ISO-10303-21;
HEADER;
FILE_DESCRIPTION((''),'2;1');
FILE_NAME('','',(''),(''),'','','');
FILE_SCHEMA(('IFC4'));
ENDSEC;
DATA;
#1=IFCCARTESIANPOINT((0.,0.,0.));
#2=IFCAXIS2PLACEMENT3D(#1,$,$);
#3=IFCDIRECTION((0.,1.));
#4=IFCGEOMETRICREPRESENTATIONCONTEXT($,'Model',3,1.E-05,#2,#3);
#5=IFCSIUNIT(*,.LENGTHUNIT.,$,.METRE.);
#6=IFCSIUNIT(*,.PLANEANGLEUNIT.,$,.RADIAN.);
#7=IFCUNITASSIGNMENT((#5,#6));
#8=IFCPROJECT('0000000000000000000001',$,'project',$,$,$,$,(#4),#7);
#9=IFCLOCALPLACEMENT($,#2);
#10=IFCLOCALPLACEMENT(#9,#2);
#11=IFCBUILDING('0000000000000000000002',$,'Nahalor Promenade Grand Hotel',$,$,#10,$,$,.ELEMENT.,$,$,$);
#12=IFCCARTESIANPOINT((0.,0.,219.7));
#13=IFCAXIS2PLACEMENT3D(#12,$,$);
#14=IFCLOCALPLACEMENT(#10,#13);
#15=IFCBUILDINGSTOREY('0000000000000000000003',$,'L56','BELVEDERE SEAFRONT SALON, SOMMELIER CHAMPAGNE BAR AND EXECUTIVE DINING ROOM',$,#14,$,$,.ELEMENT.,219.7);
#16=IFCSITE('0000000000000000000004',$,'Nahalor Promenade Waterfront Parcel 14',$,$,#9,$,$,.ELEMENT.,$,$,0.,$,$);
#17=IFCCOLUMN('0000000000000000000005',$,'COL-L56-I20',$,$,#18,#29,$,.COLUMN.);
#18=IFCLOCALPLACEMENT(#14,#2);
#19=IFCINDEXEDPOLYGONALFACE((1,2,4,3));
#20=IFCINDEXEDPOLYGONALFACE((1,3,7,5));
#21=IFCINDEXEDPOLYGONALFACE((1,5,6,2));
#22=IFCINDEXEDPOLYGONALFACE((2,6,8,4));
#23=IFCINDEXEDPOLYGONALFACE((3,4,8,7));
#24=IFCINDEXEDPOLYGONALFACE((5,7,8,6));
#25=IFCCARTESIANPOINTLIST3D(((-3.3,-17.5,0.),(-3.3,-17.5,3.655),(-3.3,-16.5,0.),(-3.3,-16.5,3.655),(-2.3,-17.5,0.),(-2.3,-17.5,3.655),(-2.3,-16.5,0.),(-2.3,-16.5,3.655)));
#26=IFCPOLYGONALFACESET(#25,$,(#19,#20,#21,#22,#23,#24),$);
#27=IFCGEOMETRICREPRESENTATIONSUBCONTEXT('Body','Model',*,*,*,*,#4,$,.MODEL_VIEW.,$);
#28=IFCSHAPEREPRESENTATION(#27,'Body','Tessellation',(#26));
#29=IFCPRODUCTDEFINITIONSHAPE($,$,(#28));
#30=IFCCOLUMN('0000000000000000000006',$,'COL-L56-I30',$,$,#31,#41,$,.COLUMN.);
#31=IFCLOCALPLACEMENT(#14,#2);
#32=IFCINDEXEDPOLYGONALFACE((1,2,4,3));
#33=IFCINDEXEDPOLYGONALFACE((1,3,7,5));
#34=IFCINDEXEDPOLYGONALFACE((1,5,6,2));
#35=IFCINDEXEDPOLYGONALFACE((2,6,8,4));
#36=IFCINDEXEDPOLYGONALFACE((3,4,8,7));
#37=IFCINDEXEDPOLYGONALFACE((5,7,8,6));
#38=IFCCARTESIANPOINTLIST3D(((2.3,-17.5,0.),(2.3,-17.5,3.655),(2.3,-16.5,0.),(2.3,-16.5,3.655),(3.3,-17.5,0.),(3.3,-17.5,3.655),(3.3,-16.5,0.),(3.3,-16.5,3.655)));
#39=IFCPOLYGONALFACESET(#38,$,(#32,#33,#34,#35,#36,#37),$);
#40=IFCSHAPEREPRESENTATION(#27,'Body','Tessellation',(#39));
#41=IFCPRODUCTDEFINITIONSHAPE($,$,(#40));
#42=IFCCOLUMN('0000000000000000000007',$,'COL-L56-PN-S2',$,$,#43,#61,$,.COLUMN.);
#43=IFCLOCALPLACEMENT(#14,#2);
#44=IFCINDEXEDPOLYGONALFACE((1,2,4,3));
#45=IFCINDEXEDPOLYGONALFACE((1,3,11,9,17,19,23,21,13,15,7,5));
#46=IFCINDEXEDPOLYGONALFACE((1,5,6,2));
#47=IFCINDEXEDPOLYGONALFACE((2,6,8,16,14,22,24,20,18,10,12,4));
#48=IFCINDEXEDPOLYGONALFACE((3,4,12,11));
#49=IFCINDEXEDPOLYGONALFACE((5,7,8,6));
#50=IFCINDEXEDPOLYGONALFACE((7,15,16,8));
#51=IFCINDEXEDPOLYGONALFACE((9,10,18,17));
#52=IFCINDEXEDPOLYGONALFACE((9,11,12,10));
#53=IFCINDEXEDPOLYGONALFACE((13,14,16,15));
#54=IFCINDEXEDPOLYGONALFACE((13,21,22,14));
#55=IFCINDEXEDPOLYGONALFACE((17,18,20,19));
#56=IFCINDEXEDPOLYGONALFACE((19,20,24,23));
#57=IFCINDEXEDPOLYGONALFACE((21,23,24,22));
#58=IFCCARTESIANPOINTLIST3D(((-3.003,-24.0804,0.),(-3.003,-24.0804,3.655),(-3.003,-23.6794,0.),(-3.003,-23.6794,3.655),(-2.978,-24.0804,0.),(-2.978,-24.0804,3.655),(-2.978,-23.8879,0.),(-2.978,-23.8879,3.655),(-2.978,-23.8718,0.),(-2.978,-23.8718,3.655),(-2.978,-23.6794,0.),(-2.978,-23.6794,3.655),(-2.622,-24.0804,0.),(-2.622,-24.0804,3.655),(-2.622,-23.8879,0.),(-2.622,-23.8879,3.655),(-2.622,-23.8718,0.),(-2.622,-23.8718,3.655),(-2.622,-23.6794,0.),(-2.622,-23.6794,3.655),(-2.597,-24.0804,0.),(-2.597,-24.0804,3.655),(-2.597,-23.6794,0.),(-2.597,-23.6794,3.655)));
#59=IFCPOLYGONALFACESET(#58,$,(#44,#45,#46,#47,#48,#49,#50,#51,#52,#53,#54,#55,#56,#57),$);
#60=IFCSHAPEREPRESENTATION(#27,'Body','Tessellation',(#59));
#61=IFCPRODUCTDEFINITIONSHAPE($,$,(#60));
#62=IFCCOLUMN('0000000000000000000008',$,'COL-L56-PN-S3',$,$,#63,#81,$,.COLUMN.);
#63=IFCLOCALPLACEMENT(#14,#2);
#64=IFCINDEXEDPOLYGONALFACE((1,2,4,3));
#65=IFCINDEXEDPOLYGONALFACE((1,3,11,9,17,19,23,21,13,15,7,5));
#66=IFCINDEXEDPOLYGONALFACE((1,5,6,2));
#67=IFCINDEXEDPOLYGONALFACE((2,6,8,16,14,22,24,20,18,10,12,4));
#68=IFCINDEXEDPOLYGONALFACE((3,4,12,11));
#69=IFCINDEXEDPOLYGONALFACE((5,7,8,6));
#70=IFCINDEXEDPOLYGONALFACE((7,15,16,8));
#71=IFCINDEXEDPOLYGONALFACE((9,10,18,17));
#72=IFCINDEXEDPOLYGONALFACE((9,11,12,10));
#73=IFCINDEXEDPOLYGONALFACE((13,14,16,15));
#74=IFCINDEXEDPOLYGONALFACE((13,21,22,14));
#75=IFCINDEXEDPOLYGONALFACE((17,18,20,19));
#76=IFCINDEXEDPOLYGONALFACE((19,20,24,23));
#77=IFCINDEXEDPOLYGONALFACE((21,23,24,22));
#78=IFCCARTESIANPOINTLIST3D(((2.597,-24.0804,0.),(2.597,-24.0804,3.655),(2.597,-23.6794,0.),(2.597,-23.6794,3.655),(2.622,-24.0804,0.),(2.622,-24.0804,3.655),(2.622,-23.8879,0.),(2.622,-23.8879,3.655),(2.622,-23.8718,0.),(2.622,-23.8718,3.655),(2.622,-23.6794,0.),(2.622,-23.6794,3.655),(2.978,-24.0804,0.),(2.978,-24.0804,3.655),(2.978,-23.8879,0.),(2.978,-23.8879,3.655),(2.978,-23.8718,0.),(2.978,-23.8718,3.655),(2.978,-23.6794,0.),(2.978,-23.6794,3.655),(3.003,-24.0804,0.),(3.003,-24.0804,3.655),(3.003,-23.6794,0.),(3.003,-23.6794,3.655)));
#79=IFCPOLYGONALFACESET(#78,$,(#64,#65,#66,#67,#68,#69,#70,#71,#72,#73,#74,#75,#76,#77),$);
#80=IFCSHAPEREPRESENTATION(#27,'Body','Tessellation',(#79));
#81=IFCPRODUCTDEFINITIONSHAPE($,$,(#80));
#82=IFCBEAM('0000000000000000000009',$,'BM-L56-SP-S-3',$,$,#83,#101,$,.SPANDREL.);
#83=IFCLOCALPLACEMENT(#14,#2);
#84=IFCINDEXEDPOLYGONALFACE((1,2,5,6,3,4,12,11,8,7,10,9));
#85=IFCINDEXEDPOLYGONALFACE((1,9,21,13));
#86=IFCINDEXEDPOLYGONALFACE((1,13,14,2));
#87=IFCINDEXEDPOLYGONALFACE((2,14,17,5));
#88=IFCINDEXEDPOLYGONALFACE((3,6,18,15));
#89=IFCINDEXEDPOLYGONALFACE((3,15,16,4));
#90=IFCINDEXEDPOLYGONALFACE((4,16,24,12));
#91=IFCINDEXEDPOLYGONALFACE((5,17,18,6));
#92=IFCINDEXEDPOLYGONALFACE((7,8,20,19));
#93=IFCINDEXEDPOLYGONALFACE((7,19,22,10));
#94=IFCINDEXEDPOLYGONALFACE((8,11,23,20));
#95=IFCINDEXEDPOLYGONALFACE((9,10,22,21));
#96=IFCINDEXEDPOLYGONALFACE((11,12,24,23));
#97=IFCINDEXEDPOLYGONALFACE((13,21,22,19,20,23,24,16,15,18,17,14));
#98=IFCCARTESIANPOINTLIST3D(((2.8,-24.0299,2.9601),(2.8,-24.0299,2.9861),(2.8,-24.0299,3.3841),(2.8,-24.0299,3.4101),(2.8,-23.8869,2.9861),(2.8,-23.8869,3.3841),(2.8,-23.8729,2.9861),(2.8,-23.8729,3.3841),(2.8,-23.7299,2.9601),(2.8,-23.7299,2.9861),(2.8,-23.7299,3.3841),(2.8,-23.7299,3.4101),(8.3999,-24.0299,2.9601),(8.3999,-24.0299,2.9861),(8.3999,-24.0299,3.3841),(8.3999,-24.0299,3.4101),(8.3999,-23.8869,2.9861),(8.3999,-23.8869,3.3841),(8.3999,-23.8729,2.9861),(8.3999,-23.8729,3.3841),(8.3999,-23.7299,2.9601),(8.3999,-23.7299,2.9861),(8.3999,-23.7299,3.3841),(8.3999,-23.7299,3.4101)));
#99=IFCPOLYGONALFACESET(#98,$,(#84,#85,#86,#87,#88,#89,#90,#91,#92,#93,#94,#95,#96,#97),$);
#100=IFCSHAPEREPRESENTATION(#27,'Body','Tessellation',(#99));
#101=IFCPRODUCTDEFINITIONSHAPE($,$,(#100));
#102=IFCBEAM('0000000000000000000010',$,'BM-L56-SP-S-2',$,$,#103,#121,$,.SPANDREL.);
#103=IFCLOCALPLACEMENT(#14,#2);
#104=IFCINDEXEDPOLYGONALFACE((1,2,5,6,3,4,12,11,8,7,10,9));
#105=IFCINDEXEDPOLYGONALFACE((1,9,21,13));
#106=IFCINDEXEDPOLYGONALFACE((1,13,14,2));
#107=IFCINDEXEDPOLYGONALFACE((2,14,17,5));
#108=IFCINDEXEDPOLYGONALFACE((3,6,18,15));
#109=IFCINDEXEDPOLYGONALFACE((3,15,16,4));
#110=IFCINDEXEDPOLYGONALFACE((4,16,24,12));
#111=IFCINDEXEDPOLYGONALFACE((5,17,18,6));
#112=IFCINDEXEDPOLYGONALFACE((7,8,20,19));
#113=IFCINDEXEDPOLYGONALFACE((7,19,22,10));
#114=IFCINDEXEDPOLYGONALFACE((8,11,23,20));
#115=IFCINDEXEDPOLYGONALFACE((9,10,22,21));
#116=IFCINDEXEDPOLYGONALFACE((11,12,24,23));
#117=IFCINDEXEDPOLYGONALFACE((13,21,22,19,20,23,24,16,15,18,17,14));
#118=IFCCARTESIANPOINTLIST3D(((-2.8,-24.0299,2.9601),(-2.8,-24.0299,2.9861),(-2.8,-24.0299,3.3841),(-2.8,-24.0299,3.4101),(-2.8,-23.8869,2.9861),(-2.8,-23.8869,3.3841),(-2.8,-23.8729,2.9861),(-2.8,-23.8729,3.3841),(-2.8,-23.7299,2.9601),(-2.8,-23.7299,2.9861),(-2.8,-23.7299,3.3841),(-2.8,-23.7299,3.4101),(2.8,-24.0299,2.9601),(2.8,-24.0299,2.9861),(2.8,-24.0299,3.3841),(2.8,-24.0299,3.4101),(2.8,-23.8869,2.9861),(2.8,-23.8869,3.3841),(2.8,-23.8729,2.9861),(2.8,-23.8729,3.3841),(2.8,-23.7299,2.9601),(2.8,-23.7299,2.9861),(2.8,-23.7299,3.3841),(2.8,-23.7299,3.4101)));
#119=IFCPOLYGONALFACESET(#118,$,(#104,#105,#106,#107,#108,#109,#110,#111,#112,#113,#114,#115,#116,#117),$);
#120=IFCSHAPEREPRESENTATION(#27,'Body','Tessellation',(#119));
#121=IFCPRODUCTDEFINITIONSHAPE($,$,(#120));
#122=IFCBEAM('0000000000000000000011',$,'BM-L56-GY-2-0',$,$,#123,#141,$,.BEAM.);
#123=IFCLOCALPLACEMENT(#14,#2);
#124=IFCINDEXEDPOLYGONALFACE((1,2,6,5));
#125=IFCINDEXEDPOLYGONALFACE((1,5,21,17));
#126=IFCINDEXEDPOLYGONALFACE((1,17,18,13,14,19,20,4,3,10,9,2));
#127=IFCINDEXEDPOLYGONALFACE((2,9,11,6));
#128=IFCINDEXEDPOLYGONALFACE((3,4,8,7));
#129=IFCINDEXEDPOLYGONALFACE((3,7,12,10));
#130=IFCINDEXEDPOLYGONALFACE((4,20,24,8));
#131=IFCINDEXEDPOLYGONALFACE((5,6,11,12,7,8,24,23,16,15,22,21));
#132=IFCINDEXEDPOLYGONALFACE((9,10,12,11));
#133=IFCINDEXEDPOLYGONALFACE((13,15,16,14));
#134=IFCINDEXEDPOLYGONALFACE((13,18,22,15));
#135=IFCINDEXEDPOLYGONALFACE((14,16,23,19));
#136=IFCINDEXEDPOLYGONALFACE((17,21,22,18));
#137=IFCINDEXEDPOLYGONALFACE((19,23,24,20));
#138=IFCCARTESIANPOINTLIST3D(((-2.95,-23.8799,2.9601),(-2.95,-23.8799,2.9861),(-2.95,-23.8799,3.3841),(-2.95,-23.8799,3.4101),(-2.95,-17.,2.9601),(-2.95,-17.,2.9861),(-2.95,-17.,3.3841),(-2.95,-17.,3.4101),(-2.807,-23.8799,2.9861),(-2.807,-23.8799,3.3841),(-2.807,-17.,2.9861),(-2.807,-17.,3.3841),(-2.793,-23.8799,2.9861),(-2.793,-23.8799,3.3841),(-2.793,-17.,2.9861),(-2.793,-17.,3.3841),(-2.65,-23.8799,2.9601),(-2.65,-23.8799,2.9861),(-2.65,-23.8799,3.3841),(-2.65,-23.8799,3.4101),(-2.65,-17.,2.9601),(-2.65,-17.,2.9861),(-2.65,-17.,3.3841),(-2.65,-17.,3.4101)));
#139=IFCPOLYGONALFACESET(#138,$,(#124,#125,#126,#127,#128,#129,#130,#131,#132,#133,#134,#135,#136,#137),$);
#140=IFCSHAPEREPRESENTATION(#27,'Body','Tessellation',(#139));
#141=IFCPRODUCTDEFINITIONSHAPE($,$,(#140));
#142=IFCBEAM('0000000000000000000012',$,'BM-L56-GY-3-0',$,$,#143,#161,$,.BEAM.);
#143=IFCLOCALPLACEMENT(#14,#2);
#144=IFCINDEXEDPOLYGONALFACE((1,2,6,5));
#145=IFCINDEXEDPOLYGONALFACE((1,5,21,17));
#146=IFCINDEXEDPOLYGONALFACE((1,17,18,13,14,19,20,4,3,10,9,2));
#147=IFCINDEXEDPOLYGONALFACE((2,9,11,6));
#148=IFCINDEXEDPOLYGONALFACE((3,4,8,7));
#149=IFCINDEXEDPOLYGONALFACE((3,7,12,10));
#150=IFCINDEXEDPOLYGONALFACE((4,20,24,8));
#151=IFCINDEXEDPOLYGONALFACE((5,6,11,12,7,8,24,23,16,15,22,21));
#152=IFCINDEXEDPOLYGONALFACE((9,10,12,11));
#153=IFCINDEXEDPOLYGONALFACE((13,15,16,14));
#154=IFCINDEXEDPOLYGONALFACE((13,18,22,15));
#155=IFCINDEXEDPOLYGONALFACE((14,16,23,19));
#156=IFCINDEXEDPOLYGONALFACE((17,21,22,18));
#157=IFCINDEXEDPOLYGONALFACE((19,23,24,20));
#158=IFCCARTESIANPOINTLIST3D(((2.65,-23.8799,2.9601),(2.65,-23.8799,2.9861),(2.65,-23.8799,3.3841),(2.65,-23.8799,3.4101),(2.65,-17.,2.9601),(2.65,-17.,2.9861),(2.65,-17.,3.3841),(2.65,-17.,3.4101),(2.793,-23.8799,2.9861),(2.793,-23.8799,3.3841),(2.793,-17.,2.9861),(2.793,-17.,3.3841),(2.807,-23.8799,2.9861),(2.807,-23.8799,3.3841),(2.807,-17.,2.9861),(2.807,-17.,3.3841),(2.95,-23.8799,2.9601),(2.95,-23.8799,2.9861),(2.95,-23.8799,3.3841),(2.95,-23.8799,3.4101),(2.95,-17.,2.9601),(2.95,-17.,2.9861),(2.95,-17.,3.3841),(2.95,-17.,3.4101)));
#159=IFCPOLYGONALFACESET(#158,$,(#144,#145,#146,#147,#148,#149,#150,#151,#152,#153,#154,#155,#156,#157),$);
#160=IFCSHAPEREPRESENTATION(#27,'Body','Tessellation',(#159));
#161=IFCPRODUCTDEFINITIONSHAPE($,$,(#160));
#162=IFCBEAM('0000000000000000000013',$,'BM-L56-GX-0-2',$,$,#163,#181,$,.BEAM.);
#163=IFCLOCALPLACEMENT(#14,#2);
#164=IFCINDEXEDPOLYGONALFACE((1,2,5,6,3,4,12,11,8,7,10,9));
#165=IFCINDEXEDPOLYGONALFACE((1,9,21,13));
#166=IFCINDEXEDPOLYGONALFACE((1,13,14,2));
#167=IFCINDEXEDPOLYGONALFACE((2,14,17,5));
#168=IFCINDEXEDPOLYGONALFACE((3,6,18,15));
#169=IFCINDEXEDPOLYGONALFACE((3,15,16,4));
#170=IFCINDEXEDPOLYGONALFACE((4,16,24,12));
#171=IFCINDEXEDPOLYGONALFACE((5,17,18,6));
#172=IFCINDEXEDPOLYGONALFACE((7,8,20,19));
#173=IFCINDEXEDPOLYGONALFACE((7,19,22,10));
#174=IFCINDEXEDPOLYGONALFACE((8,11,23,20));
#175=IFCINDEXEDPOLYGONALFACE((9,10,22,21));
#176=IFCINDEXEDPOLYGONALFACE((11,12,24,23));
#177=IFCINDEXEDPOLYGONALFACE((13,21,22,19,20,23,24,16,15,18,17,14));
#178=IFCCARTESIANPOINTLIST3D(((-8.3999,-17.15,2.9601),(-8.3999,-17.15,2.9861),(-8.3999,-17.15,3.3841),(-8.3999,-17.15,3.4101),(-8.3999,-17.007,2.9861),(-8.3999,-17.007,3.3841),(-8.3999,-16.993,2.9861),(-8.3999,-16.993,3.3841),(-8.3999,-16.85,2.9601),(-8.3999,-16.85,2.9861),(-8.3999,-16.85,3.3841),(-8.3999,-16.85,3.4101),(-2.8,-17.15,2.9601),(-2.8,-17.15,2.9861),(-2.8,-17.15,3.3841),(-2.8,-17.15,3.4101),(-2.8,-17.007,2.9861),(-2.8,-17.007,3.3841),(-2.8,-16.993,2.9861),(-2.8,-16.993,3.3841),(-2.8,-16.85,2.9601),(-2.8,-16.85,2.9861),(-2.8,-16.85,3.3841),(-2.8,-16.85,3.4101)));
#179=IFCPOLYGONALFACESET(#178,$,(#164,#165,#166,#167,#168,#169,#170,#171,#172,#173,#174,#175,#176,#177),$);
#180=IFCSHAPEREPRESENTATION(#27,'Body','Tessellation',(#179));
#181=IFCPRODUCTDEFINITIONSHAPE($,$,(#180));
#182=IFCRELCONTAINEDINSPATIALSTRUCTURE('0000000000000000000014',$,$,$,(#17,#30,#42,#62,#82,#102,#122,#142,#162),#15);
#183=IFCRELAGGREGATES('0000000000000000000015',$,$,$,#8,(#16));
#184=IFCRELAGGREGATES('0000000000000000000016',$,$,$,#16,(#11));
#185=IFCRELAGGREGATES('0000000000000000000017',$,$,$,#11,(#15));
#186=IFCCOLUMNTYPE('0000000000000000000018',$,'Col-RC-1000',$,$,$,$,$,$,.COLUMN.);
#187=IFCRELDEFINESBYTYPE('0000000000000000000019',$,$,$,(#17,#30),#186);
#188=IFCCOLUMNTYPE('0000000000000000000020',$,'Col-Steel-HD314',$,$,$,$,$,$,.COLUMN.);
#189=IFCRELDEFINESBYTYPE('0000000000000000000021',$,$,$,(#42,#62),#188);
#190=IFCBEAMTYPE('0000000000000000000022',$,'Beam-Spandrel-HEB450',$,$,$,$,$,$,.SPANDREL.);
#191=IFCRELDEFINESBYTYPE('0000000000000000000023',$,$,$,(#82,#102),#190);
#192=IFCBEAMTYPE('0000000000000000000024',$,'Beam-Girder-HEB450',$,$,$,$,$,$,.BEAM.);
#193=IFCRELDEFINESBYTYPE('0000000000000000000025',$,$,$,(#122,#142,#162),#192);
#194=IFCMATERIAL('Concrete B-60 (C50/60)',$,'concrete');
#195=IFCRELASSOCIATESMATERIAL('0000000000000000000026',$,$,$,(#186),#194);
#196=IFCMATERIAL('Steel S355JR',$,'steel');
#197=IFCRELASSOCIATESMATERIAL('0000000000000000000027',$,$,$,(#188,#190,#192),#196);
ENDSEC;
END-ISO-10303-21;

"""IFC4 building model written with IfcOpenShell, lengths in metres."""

from ifc_helpers import new_model, si_unit, direction, frame, origin, origin_2d, place, context, subcontext, project, spatial, rectangle, i_section, extrude, source, transform, mapped, material, material_profile, profile_set, type_object, element, save


model = new_model("IFC4")

# Units and contexts
model_context = context("Model", 3, precision=1e-05, world=origin(), true_north=direction((0.0, 1.0)))
body_context = subcontext(model_context, "Body", "Model", "MODEL_VIEW")
ifc_project = project(units=[si_unit("LENGTHUNIT", "METRE"), si_unit("PLANEANGLEUNIT", "RADIAN")], contexts=[model_context])

# Site, building, storey
site_placement = place(None, origin())
site = spatial("IfcSite", under=ifc_project, at=site_placement, Name="Nahalor Promenade Waterfront Parcel 14", CompositionType="ELEMENT", RefElevation=0.0)
building_placement = place(site_placement, origin())
building = spatial("IfcBuilding", under=site, at=building_placement, Name="Nahalor Promenade Grand Hotel", CompositionType="ELEMENT")
storey_placement = place(building_placement, frame((0.0, 0.0, 219.7)))
storey = spatial("IfcBuildingStorey", under=building, at=storey_placement, Name="L56", Description="BELVEDERE SEAFRONT SALON, SOMMELIER CHAMPAGNE BAR AND EXECUTIVE DINING ROOM", CompositionType="ELEMENT", Elevation=219.7)

# Columns
ifc_material_1 = material(Name="Concrete B-60 (C50/60)", Category="concrete")
ifc_material_profile_1 = material_profile(ifc_material_1, rectangle(XDim=1.0, YDim=1.0, at=origin_2d()), Name="RC 1000x1000")
ifc_profile_set_1 = profile_set([ifc_material_profile_1], Name="Concrete B-60 (C50/60)")
column_type_1 = type_object("IfcColumnType", Name="Col-RC-1000", PredefinedType="COLUMN", material=ifc_profile_set_1)
shared_shape_1 = source(origin(), body_context, "Body", "SweptSolid", [
    extrude(rectangle(XDim=1.0, YDim=1.0, at=origin_2d()), origin(), (0.0, 0.0, 1.0), 3.655),
])
for number, where, z_axis, x_axis, name in (
    (1, (-2.8, -17.0, 0.0), (0.0, 0.0, 1.0), (1.0, 0.0, 0.0), "COL-L56-I20"),
    (2, (2.8, -17.0, 0.0), (0.0, 0.0, 1.0), (1.0, 0.0, 0.0), "COL-L56-I30"),
):
    element("IfcColumn", number, at=place(storey_placement, frame(where, z_axis=z_axis, x_axis=x_axis)), inside=storey, type_object=column_type_1, Name=name, PredefinedType="COLUMN", context=body_context, shape_type="MappedRepresentation", body=[
        mapped(shared_shape_1, transform((0.0, 0.0, 0.0), scale=1.0)),
    ])
ifc_material_2 = material(Name="Steel S355JR", Category="steel")
ifc_material_profile_2 = material_profile(ifc_material_2, i_section(OverallWidth=0.401, OverallDepth=0.406, WebThickness=0.0161, FlangeThickness=0.025, at=origin_2d()), Name="HD 400x314")
ifc_profile_set_2 = profile_set([ifc_material_profile_2], Name="Steel S355JR")
column_type_2 = type_object("IfcColumnType", Name="Col-Steel-HD314", PredefinedType="COLUMN", material=ifc_profile_set_2)
shared_shape_2 = source(origin(), body_context, "Body", "SweptSolid", [
    extrude(i_section(OverallWidth=0.401, OverallDepth=0.406, WebThickness=0.0161, FlangeThickness=0.025, at=origin_2d()), origin(), (0.0, 0.0, 1.0), 3.655),
])
for number, where, z_axis, x_axis, name in (
    (3, (-2.8, -23.8799, 0.0), (0.0, 0.0, 1.0), (0.0, 1.0, 0.0), "COL-L56-PN-S2"),
    (4, (2.8, -23.8799, 0.0), (0.0, 0.0, 1.0), (0.0, 1.0, 0.0), "COL-L56-PN-S3"),
):
    element("IfcColumn", number, at=place(storey_placement, frame(where, z_axis=z_axis, x_axis=x_axis)), inside=storey, type_object=column_type_2, Name=name, PredefinedType="COLUMN", context=body_context, shape_type="MappedRepresentation", body=[
        mapped(shared_shape_2, transform((0.0, 0.0, 0.0), scale=1.0)),
    ])

# Beams
ifc_material_profile_3 = material_profile(ifc_material_2, i_section(OverallWidth=0.3, OverallDepth=0.45, WebThickness=0.014, FlangeThickness=0.026, at=origin_2d()), Name="HEB 450")
ifc_profile_set_3 = profile_set([ifc_material_profile_3], Name="Steel S355JR")
beam_type_1 = type_object("IfcBeamType", Name="Beam-Spandrel-HEB450", PredefinedType="SPANDREL", material=ifc_profile_set_3)
shared_shape_3 = source(origin(), body_context, "Body", "SweptSolid", [
    extrude(i_section(OverallWidth=0.3, OverallDepth=0.45, WebThickness=0.014, FlangeThickness=0.026, at=origin_2d()), origin(), (0.0, 0.0, 1.0), 5.5999),
])
beam_1_placement = place(storey_placement, frame((2.8, -23.8799, 3.1851), z_axis=(1.0, 0.0, 0.0), x_axis=(0.0, 1.0, 0.0)))
element("IfcBeam", 5, at=beam_1_placement, inside=storey, type_object=beam_type_1, Name="BM-L56-SP-S-3", PredefinedType="SPANDREL", context=body_context, shape_type="MappedRepresentation", body=[
    mapped(shared_shape_3, transform((0.0, 0.0, 0.0), scale=1.0)),
])
shared_shape_4 = source(origin(), body_context, "Body", "SweptSolid", [
    extrude(i_section(OverallWidth=0.3, OverallDepth=0.45, WebThickness=0.014, FlangeThickness=0.026, at=origin_2d()), origin(), (0.0, 0.0, 1.0), 5.6001),
])
beam_2_placement = place(storey_placement, frame((-2.8, -23.8799, 3.1851), z_axis=(1.0, 0.0, 0.0), x_axis=(0.0, 1.0, 0.0)))
element("IfcBeam", 6, at=beam_2_placement, inside=storey, type_object=beam_type_1, Name="BM-L56-SP-S-2", PredefinedType="SPANDREL", context=body_context, shape_type="MappedRepresentation", body=[
    mapped(shared_shape_4, transform((0.0, 0.0, 0.0), scale=1.0)),
])
ifc_material_profile_4 = material_profile(ifc_material_2, i_section(OverallWidth=0.3, OverallDepth=0.45, WebThickness=0.014, FlangeThickness=0.026, at=origin_2d()), Name="HEB 450")
ifc_profile_set_4 = profile_set([ifc_material_profile_4], Name="Steel S355JR")
beam_type_2 = type_object("IfcBeamType", Name="Beam-Girder-HEB450", PredefinedType="BEAM", material=ifc_profile_set_4)
shared_shape_5 = source(origin(), body_context, "Body", "SweptSolid", [
    extrude(i_section(OverallWidth=0.3, OverallDepth=0.45, WebThickness=0.014, FlangeThickness=0.026, at=origin_2d()), origin(), (0.0, 0.0, 1.0), 6.8799),
])
for number, where, z_axis, x_axis, name in (
    (7, (-2.8, -23.8799, 3.1851), (0.0, 1.0, 0.0), (-1.0, 0.0, 0.0), "BM-L56-GY-2-0"),
    (8, (2.8, -23.8799, 3.1851), (0.0, 1.0, 0.0), (-1.0, 0.0, 0.0), "BM-L56-GY-3-0"),
):
    element("IfcBeam", number, at=place(storey_placement, frame(where, z_axis=z_axis, x_axis=x_axis)), inside=storey, type_object=beam_type_2, Name=name, PredefinedType="BEAM", context=body_context, shape_type="MappedRepresentation", body=[
        mapped(shared_shape_5, transform((0.0, 0.0, 0.0), scale=1.0)),
    ])
shared_shape_6 = source(origin(), body_context, "Body", "SweptSolid", [
    extrude(i_section(OverallWidth=0.3, OverallDepth=0.45, WebThickness=0.014, FlangeThickness=0.026, at=origin_2d()), origin(), (0.0, 0.0, 1.0), 5.5999),
])
for number, where, z_axis, x_axis, name in (
    (9, (-8.3999, -17.0, 3.1851), (1.0, 0.0, 0.0), (0.0, 1.0, 0.0), "BM-L56-GX-0-2"),
):
    element("IfcBeam", number, at=place(storey_placement, frame(where, z_axis=z_axis, x_axis=x_axis)), inside=storey, type_object=beam_type_2, Name=name, PredefinedType="BEAM", context=body_context, shape_type="MappedRepresentation", body=[
        mapped(shared_shape_6, transform((0.0, 0.0, 0.0), scale=1.0)),
    ])

save(model, "model.ifc")
